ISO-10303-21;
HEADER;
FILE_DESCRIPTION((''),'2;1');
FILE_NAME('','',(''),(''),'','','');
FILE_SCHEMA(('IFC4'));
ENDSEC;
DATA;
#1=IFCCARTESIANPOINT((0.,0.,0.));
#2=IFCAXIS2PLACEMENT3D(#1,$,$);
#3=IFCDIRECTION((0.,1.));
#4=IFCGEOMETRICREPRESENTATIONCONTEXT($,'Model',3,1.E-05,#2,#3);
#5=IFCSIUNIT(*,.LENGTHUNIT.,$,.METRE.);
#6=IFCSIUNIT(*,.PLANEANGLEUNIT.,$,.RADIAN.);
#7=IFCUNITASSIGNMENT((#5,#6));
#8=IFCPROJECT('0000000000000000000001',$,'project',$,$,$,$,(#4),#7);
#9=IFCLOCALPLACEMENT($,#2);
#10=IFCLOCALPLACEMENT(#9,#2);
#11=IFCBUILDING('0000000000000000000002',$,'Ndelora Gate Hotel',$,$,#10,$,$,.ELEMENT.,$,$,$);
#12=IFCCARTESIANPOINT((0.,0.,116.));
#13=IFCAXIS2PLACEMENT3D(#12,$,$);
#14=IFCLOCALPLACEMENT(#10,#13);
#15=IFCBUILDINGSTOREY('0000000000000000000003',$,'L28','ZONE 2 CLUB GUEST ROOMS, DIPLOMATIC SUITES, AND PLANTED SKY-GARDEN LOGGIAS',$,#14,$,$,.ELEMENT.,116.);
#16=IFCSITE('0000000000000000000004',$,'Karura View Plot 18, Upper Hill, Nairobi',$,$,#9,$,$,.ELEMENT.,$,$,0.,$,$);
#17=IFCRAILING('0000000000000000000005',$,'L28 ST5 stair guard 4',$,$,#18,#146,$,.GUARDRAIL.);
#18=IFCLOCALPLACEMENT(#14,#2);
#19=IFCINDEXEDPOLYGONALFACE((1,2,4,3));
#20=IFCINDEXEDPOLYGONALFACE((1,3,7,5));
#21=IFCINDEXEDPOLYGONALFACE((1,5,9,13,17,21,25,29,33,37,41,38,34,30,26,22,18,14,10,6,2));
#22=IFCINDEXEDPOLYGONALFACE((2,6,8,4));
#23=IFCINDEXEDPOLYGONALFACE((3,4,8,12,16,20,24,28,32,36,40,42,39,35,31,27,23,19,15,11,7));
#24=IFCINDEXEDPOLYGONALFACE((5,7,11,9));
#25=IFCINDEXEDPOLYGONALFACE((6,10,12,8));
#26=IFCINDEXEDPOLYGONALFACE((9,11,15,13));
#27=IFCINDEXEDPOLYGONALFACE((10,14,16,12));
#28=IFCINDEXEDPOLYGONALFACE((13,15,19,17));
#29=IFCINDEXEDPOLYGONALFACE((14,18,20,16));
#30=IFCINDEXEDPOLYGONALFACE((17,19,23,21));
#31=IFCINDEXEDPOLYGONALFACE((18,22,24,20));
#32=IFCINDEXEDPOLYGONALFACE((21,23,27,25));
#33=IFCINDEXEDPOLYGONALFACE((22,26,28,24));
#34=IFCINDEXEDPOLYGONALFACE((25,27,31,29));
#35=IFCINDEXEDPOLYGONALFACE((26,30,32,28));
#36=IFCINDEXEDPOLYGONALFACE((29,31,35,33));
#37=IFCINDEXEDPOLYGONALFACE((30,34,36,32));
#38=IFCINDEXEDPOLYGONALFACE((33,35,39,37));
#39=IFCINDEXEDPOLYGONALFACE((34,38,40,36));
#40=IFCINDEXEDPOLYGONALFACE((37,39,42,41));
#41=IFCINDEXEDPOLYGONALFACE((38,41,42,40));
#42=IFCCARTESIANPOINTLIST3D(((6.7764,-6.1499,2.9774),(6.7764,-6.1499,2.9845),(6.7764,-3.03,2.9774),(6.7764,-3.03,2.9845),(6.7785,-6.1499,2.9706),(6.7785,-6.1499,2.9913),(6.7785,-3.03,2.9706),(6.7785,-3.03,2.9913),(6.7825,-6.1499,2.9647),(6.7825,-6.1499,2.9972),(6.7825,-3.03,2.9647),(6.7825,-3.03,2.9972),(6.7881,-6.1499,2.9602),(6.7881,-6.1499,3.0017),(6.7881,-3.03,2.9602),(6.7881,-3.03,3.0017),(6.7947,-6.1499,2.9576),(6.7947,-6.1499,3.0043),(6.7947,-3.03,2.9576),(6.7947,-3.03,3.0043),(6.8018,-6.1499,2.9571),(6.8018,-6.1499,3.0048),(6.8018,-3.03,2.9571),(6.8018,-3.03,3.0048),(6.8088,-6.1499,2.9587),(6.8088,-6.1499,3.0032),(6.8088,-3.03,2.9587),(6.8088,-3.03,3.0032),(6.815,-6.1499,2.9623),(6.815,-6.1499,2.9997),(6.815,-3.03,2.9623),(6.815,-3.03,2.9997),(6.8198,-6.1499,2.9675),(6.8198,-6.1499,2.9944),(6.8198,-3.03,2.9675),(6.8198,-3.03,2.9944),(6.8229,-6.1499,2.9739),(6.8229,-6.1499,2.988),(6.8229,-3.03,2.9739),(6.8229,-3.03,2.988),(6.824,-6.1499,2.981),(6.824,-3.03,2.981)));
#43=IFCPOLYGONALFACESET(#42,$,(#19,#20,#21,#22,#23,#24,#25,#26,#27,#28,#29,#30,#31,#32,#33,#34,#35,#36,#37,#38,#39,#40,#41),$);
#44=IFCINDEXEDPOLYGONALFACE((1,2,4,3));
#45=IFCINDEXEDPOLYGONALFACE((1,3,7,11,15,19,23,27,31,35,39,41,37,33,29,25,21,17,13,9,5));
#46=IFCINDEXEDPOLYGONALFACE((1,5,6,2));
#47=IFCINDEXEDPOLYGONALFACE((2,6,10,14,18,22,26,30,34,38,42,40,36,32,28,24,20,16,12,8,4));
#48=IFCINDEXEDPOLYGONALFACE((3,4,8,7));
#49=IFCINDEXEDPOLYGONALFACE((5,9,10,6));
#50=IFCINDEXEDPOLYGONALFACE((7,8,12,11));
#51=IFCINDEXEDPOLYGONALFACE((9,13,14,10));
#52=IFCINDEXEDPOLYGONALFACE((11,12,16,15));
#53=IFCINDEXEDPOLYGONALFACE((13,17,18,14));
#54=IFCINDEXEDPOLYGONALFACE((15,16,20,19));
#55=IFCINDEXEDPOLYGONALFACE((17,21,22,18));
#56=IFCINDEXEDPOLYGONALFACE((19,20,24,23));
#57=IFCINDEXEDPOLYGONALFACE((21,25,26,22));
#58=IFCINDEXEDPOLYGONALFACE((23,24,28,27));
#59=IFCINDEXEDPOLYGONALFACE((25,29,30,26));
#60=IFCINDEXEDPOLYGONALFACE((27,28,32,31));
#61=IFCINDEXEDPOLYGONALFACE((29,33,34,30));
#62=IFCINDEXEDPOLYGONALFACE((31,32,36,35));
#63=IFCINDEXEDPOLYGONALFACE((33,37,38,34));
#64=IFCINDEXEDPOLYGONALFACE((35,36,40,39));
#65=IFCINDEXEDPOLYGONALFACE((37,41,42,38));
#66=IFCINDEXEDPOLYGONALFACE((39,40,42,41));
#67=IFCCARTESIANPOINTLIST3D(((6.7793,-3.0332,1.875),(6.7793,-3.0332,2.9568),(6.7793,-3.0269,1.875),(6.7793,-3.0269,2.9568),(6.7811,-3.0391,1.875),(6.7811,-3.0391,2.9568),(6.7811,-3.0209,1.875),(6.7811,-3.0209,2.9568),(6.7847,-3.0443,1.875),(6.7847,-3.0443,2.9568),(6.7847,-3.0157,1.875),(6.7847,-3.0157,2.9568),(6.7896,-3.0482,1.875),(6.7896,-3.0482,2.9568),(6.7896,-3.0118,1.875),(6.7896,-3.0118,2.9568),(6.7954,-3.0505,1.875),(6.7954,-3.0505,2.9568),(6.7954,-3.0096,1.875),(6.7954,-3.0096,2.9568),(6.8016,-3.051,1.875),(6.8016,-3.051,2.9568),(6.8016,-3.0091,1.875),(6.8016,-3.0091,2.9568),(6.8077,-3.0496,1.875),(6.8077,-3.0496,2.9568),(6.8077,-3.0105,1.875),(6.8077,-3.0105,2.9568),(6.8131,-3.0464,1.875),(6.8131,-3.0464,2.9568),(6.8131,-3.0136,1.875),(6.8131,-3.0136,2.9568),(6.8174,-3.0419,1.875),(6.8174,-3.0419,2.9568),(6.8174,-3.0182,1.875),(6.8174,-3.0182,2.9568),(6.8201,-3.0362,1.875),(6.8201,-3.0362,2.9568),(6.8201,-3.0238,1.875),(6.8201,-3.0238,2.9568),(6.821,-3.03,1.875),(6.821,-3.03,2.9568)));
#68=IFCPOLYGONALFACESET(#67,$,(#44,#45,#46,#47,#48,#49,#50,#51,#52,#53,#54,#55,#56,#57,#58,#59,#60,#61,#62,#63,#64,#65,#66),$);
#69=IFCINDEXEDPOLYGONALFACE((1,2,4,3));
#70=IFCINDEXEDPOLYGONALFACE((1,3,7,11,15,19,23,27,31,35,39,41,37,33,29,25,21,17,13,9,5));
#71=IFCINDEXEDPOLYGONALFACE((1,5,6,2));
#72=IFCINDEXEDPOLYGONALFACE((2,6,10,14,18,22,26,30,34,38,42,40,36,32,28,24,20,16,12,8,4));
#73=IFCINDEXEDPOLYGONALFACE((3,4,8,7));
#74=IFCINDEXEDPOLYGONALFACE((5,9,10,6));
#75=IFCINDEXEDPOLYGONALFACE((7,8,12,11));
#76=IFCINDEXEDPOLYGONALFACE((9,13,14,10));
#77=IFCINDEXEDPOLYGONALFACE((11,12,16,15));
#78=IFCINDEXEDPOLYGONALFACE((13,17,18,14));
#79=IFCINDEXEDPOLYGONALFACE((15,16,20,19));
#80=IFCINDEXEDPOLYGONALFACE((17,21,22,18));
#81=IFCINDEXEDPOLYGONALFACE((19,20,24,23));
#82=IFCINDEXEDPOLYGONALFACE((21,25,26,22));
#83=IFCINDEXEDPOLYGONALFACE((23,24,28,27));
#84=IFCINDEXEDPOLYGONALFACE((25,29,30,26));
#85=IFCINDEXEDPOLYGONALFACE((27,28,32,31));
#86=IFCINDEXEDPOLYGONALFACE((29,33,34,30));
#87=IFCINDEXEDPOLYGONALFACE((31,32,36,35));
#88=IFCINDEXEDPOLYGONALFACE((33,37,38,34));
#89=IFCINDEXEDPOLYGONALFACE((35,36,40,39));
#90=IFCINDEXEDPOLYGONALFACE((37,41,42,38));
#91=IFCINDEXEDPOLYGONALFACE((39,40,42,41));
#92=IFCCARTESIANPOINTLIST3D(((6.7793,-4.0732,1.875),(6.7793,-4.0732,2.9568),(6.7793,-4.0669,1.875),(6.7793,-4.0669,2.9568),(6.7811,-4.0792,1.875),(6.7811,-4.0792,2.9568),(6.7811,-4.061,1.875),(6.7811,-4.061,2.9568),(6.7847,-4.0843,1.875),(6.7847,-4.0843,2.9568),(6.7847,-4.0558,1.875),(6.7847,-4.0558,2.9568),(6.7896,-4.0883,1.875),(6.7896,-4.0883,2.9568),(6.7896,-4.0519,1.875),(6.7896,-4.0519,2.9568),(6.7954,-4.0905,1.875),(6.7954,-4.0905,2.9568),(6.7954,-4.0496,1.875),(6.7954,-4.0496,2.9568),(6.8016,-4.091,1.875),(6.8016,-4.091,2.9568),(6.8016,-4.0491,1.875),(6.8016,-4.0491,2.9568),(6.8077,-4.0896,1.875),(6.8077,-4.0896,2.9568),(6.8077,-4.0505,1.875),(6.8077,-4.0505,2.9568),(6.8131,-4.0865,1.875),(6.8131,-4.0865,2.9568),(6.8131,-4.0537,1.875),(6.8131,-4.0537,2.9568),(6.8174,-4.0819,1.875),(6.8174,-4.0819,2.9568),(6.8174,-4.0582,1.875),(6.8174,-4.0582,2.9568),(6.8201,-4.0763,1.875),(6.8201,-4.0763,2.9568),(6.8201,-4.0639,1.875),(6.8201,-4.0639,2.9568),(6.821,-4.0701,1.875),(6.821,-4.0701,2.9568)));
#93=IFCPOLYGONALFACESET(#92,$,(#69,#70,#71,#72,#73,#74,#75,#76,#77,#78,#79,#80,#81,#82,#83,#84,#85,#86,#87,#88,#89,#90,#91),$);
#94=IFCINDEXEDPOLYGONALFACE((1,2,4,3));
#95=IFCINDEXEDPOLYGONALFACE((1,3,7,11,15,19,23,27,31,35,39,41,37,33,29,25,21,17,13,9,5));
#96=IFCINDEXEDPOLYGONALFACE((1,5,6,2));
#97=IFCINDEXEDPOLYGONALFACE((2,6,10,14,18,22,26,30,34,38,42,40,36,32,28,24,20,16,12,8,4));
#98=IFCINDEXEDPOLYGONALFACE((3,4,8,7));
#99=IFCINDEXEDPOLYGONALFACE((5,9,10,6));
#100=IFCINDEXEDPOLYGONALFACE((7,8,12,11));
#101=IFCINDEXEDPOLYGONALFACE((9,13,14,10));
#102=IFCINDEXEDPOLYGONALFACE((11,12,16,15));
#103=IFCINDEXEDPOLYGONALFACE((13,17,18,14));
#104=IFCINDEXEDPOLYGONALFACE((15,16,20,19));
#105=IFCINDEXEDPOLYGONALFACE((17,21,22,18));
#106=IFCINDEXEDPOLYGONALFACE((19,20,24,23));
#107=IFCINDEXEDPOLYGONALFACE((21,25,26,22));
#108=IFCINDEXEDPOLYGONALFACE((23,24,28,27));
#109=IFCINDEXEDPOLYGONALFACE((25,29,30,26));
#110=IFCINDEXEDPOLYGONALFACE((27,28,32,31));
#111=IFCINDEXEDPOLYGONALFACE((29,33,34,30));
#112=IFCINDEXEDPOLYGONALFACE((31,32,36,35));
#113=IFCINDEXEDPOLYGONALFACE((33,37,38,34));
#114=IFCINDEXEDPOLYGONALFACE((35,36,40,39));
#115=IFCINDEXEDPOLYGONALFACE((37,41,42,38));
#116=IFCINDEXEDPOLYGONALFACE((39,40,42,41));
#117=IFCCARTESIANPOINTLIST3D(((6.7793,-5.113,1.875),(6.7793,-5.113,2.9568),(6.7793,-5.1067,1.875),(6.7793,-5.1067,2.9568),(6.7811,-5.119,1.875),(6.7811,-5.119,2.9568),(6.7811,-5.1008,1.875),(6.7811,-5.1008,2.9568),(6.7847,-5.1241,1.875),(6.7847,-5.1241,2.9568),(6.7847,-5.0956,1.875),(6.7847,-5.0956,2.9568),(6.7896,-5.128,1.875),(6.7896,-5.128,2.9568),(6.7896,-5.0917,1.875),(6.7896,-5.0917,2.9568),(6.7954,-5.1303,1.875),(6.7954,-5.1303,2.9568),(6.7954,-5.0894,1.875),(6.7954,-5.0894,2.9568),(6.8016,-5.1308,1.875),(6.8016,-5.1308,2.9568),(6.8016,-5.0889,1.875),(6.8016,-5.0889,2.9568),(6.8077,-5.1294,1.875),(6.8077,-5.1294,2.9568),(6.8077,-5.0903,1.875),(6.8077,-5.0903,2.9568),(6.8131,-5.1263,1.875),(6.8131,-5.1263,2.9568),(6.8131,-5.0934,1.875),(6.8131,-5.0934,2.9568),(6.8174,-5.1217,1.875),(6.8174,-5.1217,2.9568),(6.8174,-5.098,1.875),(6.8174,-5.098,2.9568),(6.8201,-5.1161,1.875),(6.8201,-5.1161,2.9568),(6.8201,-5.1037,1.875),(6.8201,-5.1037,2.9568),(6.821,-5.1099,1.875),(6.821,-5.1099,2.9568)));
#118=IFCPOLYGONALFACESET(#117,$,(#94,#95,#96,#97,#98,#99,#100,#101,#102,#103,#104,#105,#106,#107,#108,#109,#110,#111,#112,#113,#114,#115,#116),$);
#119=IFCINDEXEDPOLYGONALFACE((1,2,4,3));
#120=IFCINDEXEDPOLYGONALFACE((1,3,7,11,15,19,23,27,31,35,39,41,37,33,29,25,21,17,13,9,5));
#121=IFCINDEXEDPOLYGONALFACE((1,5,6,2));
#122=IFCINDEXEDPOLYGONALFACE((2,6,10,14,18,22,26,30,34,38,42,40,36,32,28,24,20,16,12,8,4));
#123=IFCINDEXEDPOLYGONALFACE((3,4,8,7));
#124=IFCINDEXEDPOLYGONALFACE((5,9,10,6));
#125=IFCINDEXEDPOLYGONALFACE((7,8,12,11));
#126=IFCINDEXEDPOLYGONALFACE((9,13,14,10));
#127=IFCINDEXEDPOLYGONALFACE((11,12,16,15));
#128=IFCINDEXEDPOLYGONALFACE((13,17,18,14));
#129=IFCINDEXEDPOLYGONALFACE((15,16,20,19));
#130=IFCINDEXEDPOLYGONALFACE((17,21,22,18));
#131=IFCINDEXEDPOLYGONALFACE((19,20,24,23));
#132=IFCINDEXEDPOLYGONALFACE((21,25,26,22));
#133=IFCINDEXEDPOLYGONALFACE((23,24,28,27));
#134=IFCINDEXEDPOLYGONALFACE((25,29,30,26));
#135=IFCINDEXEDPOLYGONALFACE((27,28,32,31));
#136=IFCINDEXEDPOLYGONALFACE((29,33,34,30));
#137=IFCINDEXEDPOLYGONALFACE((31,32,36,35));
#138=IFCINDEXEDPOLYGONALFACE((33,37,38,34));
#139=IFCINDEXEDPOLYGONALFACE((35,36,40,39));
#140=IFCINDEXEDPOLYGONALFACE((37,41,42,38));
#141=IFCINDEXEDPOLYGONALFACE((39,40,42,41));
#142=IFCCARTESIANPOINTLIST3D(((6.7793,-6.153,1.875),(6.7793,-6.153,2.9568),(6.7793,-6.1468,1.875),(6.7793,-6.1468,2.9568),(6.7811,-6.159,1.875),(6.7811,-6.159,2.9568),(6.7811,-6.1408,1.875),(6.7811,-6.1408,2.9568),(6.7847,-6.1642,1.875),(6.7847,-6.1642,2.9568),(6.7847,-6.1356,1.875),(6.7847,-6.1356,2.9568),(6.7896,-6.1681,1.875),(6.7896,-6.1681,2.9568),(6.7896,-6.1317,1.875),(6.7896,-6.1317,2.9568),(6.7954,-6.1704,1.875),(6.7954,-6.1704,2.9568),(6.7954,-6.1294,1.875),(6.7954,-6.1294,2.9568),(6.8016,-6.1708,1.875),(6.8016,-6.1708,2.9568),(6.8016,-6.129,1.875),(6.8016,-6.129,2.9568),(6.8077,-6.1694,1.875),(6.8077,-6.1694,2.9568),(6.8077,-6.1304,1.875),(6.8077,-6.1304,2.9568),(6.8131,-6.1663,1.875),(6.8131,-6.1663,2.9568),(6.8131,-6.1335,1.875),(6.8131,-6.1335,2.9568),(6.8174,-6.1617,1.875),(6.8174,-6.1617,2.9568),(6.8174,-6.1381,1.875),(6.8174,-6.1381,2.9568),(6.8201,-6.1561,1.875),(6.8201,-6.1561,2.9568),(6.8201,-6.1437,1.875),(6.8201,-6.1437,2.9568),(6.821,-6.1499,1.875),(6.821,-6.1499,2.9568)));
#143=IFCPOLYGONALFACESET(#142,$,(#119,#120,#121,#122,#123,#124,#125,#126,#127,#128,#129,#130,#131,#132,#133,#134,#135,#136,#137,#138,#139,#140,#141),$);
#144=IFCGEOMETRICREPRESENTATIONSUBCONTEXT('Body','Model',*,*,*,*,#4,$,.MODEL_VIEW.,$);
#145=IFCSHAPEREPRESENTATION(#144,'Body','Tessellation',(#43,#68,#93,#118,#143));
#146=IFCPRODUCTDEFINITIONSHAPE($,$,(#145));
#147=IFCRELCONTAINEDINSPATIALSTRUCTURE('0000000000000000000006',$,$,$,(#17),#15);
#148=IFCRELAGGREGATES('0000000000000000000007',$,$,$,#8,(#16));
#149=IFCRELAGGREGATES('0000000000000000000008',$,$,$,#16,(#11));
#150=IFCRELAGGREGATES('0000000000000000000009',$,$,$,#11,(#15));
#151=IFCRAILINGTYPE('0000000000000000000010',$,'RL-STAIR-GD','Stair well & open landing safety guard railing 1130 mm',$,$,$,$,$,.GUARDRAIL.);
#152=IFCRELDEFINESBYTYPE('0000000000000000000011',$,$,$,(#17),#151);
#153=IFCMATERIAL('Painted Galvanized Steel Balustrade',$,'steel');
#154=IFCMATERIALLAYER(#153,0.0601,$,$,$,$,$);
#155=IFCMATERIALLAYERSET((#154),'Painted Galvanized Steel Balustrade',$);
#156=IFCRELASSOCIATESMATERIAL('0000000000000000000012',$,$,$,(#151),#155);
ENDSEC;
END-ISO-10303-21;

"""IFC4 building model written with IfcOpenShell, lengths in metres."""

from ifc_helpers import new_model, si_unit, direction, frame, origin, origin_2d, place, context, subcontext, project, spatial, circle, extrude, material, layer, layer_set, type_object, element, save


model = new_model("IFC4")

# Units and contexts
model_context = context("Model", 3, precision=1e-05, world=origin(), true_north=direction((0.0, 1.0)))
body_context = subcontext(model_context, "Body", "Model", "MODEL_VIEW")
ifc_project = project(units=[si_unit("LENGTHUNIT", "METRE"), si_unit("PLANEANGLEUNIT", "RADIAN")], contexts=[model_context])

# Site, building, storey
site_placement = place(None, origin())
site = spatial("IfcSite", under=ifc_project, at=site_placement, Name="Karura View Plot 18, Upper Hill, Nairobi", CompositionType="ELEMENT", RefElevation=0.0)
building_placement = place(site_placement, origin())
building = spatial("IfcBuilding", under=site, at=building_placement, Name="Ndelora Gate Hotel", CompositionType="ELEMENT")
storey_placement = place(building_placement, frame((0.0, 0.0, 116.0)))
storey = spatial("IfcBuildingStorey", under=building, at=storey_placement, Name="L28", Description="ZONE 2 CLUB GUEST ROOMS, DIPLOMATIC SUITES, AND PLANTED SKY-GARDEN LOGGIAS", CompositionType="ELEMENT", Elevation=116.0)

# Railing
ifc_material_1 = material(Name="Painted Galvanized Steel Balustrade", Category="steel")
ifc_layer_1 = layer(ifc_material_1, 0.0601)
ifc_layer_set_1 = layer_set([ifc_layer_1], Name="Painted Galvanized Steel Balustrade")
railing_type_1 = type_object("IfcRailingType", Name="RL-STAIR-GD", Description="Stair well & open landing safety guard railing 1130 mm", PredefinedType="GUARDRAIL", material=ifc_layer_set_1)
for number, where, name in (
    (1, (6.8, -3.03, 1.875), "L28 ST5 stair guard 4"),
):
    element("IfcRailing", number, at=place(storey_placement, frame(where)), inside=storey, type_object=railing_type_1, Name=name, PredefinedType="GUARDRAIL", context=body_context, shape_type="SweptSolid", body=[
        extrude(circle(Radius=0.0239, at=origin_2d()), frame((0.0, 0.0, 1.106), z_axis=(0.0, -1.0, 0.0), x_axis=(1.0, 0.0, 0.0)), (0.0, 0.0, 1.0), 3.1199),
        extrude(circle(Radius=0.021, at=origin_2d()), origin(), (0.0, 0.0, 1.0), 1.0818),
        extrude(circle(Radius=0.021, at=origin_2d()), frame((0.0, -1.04, 0.0)), (0.0, 0.0, 1.0), 1.0818),
        extrude(circle(Radius=0.021, at=origin_2d()), frame((0.0, -2.0798, 0.0)), (0.0, 0.0, 1.0), 1.0818),
        extrude(circle(Radius=0.021, at=origin_2d()), frame((0.0, -3.1199, 0.0)), (0.0, 0.0, 1.0), 1.0818),
    ])

save(model, "model.ifc")
